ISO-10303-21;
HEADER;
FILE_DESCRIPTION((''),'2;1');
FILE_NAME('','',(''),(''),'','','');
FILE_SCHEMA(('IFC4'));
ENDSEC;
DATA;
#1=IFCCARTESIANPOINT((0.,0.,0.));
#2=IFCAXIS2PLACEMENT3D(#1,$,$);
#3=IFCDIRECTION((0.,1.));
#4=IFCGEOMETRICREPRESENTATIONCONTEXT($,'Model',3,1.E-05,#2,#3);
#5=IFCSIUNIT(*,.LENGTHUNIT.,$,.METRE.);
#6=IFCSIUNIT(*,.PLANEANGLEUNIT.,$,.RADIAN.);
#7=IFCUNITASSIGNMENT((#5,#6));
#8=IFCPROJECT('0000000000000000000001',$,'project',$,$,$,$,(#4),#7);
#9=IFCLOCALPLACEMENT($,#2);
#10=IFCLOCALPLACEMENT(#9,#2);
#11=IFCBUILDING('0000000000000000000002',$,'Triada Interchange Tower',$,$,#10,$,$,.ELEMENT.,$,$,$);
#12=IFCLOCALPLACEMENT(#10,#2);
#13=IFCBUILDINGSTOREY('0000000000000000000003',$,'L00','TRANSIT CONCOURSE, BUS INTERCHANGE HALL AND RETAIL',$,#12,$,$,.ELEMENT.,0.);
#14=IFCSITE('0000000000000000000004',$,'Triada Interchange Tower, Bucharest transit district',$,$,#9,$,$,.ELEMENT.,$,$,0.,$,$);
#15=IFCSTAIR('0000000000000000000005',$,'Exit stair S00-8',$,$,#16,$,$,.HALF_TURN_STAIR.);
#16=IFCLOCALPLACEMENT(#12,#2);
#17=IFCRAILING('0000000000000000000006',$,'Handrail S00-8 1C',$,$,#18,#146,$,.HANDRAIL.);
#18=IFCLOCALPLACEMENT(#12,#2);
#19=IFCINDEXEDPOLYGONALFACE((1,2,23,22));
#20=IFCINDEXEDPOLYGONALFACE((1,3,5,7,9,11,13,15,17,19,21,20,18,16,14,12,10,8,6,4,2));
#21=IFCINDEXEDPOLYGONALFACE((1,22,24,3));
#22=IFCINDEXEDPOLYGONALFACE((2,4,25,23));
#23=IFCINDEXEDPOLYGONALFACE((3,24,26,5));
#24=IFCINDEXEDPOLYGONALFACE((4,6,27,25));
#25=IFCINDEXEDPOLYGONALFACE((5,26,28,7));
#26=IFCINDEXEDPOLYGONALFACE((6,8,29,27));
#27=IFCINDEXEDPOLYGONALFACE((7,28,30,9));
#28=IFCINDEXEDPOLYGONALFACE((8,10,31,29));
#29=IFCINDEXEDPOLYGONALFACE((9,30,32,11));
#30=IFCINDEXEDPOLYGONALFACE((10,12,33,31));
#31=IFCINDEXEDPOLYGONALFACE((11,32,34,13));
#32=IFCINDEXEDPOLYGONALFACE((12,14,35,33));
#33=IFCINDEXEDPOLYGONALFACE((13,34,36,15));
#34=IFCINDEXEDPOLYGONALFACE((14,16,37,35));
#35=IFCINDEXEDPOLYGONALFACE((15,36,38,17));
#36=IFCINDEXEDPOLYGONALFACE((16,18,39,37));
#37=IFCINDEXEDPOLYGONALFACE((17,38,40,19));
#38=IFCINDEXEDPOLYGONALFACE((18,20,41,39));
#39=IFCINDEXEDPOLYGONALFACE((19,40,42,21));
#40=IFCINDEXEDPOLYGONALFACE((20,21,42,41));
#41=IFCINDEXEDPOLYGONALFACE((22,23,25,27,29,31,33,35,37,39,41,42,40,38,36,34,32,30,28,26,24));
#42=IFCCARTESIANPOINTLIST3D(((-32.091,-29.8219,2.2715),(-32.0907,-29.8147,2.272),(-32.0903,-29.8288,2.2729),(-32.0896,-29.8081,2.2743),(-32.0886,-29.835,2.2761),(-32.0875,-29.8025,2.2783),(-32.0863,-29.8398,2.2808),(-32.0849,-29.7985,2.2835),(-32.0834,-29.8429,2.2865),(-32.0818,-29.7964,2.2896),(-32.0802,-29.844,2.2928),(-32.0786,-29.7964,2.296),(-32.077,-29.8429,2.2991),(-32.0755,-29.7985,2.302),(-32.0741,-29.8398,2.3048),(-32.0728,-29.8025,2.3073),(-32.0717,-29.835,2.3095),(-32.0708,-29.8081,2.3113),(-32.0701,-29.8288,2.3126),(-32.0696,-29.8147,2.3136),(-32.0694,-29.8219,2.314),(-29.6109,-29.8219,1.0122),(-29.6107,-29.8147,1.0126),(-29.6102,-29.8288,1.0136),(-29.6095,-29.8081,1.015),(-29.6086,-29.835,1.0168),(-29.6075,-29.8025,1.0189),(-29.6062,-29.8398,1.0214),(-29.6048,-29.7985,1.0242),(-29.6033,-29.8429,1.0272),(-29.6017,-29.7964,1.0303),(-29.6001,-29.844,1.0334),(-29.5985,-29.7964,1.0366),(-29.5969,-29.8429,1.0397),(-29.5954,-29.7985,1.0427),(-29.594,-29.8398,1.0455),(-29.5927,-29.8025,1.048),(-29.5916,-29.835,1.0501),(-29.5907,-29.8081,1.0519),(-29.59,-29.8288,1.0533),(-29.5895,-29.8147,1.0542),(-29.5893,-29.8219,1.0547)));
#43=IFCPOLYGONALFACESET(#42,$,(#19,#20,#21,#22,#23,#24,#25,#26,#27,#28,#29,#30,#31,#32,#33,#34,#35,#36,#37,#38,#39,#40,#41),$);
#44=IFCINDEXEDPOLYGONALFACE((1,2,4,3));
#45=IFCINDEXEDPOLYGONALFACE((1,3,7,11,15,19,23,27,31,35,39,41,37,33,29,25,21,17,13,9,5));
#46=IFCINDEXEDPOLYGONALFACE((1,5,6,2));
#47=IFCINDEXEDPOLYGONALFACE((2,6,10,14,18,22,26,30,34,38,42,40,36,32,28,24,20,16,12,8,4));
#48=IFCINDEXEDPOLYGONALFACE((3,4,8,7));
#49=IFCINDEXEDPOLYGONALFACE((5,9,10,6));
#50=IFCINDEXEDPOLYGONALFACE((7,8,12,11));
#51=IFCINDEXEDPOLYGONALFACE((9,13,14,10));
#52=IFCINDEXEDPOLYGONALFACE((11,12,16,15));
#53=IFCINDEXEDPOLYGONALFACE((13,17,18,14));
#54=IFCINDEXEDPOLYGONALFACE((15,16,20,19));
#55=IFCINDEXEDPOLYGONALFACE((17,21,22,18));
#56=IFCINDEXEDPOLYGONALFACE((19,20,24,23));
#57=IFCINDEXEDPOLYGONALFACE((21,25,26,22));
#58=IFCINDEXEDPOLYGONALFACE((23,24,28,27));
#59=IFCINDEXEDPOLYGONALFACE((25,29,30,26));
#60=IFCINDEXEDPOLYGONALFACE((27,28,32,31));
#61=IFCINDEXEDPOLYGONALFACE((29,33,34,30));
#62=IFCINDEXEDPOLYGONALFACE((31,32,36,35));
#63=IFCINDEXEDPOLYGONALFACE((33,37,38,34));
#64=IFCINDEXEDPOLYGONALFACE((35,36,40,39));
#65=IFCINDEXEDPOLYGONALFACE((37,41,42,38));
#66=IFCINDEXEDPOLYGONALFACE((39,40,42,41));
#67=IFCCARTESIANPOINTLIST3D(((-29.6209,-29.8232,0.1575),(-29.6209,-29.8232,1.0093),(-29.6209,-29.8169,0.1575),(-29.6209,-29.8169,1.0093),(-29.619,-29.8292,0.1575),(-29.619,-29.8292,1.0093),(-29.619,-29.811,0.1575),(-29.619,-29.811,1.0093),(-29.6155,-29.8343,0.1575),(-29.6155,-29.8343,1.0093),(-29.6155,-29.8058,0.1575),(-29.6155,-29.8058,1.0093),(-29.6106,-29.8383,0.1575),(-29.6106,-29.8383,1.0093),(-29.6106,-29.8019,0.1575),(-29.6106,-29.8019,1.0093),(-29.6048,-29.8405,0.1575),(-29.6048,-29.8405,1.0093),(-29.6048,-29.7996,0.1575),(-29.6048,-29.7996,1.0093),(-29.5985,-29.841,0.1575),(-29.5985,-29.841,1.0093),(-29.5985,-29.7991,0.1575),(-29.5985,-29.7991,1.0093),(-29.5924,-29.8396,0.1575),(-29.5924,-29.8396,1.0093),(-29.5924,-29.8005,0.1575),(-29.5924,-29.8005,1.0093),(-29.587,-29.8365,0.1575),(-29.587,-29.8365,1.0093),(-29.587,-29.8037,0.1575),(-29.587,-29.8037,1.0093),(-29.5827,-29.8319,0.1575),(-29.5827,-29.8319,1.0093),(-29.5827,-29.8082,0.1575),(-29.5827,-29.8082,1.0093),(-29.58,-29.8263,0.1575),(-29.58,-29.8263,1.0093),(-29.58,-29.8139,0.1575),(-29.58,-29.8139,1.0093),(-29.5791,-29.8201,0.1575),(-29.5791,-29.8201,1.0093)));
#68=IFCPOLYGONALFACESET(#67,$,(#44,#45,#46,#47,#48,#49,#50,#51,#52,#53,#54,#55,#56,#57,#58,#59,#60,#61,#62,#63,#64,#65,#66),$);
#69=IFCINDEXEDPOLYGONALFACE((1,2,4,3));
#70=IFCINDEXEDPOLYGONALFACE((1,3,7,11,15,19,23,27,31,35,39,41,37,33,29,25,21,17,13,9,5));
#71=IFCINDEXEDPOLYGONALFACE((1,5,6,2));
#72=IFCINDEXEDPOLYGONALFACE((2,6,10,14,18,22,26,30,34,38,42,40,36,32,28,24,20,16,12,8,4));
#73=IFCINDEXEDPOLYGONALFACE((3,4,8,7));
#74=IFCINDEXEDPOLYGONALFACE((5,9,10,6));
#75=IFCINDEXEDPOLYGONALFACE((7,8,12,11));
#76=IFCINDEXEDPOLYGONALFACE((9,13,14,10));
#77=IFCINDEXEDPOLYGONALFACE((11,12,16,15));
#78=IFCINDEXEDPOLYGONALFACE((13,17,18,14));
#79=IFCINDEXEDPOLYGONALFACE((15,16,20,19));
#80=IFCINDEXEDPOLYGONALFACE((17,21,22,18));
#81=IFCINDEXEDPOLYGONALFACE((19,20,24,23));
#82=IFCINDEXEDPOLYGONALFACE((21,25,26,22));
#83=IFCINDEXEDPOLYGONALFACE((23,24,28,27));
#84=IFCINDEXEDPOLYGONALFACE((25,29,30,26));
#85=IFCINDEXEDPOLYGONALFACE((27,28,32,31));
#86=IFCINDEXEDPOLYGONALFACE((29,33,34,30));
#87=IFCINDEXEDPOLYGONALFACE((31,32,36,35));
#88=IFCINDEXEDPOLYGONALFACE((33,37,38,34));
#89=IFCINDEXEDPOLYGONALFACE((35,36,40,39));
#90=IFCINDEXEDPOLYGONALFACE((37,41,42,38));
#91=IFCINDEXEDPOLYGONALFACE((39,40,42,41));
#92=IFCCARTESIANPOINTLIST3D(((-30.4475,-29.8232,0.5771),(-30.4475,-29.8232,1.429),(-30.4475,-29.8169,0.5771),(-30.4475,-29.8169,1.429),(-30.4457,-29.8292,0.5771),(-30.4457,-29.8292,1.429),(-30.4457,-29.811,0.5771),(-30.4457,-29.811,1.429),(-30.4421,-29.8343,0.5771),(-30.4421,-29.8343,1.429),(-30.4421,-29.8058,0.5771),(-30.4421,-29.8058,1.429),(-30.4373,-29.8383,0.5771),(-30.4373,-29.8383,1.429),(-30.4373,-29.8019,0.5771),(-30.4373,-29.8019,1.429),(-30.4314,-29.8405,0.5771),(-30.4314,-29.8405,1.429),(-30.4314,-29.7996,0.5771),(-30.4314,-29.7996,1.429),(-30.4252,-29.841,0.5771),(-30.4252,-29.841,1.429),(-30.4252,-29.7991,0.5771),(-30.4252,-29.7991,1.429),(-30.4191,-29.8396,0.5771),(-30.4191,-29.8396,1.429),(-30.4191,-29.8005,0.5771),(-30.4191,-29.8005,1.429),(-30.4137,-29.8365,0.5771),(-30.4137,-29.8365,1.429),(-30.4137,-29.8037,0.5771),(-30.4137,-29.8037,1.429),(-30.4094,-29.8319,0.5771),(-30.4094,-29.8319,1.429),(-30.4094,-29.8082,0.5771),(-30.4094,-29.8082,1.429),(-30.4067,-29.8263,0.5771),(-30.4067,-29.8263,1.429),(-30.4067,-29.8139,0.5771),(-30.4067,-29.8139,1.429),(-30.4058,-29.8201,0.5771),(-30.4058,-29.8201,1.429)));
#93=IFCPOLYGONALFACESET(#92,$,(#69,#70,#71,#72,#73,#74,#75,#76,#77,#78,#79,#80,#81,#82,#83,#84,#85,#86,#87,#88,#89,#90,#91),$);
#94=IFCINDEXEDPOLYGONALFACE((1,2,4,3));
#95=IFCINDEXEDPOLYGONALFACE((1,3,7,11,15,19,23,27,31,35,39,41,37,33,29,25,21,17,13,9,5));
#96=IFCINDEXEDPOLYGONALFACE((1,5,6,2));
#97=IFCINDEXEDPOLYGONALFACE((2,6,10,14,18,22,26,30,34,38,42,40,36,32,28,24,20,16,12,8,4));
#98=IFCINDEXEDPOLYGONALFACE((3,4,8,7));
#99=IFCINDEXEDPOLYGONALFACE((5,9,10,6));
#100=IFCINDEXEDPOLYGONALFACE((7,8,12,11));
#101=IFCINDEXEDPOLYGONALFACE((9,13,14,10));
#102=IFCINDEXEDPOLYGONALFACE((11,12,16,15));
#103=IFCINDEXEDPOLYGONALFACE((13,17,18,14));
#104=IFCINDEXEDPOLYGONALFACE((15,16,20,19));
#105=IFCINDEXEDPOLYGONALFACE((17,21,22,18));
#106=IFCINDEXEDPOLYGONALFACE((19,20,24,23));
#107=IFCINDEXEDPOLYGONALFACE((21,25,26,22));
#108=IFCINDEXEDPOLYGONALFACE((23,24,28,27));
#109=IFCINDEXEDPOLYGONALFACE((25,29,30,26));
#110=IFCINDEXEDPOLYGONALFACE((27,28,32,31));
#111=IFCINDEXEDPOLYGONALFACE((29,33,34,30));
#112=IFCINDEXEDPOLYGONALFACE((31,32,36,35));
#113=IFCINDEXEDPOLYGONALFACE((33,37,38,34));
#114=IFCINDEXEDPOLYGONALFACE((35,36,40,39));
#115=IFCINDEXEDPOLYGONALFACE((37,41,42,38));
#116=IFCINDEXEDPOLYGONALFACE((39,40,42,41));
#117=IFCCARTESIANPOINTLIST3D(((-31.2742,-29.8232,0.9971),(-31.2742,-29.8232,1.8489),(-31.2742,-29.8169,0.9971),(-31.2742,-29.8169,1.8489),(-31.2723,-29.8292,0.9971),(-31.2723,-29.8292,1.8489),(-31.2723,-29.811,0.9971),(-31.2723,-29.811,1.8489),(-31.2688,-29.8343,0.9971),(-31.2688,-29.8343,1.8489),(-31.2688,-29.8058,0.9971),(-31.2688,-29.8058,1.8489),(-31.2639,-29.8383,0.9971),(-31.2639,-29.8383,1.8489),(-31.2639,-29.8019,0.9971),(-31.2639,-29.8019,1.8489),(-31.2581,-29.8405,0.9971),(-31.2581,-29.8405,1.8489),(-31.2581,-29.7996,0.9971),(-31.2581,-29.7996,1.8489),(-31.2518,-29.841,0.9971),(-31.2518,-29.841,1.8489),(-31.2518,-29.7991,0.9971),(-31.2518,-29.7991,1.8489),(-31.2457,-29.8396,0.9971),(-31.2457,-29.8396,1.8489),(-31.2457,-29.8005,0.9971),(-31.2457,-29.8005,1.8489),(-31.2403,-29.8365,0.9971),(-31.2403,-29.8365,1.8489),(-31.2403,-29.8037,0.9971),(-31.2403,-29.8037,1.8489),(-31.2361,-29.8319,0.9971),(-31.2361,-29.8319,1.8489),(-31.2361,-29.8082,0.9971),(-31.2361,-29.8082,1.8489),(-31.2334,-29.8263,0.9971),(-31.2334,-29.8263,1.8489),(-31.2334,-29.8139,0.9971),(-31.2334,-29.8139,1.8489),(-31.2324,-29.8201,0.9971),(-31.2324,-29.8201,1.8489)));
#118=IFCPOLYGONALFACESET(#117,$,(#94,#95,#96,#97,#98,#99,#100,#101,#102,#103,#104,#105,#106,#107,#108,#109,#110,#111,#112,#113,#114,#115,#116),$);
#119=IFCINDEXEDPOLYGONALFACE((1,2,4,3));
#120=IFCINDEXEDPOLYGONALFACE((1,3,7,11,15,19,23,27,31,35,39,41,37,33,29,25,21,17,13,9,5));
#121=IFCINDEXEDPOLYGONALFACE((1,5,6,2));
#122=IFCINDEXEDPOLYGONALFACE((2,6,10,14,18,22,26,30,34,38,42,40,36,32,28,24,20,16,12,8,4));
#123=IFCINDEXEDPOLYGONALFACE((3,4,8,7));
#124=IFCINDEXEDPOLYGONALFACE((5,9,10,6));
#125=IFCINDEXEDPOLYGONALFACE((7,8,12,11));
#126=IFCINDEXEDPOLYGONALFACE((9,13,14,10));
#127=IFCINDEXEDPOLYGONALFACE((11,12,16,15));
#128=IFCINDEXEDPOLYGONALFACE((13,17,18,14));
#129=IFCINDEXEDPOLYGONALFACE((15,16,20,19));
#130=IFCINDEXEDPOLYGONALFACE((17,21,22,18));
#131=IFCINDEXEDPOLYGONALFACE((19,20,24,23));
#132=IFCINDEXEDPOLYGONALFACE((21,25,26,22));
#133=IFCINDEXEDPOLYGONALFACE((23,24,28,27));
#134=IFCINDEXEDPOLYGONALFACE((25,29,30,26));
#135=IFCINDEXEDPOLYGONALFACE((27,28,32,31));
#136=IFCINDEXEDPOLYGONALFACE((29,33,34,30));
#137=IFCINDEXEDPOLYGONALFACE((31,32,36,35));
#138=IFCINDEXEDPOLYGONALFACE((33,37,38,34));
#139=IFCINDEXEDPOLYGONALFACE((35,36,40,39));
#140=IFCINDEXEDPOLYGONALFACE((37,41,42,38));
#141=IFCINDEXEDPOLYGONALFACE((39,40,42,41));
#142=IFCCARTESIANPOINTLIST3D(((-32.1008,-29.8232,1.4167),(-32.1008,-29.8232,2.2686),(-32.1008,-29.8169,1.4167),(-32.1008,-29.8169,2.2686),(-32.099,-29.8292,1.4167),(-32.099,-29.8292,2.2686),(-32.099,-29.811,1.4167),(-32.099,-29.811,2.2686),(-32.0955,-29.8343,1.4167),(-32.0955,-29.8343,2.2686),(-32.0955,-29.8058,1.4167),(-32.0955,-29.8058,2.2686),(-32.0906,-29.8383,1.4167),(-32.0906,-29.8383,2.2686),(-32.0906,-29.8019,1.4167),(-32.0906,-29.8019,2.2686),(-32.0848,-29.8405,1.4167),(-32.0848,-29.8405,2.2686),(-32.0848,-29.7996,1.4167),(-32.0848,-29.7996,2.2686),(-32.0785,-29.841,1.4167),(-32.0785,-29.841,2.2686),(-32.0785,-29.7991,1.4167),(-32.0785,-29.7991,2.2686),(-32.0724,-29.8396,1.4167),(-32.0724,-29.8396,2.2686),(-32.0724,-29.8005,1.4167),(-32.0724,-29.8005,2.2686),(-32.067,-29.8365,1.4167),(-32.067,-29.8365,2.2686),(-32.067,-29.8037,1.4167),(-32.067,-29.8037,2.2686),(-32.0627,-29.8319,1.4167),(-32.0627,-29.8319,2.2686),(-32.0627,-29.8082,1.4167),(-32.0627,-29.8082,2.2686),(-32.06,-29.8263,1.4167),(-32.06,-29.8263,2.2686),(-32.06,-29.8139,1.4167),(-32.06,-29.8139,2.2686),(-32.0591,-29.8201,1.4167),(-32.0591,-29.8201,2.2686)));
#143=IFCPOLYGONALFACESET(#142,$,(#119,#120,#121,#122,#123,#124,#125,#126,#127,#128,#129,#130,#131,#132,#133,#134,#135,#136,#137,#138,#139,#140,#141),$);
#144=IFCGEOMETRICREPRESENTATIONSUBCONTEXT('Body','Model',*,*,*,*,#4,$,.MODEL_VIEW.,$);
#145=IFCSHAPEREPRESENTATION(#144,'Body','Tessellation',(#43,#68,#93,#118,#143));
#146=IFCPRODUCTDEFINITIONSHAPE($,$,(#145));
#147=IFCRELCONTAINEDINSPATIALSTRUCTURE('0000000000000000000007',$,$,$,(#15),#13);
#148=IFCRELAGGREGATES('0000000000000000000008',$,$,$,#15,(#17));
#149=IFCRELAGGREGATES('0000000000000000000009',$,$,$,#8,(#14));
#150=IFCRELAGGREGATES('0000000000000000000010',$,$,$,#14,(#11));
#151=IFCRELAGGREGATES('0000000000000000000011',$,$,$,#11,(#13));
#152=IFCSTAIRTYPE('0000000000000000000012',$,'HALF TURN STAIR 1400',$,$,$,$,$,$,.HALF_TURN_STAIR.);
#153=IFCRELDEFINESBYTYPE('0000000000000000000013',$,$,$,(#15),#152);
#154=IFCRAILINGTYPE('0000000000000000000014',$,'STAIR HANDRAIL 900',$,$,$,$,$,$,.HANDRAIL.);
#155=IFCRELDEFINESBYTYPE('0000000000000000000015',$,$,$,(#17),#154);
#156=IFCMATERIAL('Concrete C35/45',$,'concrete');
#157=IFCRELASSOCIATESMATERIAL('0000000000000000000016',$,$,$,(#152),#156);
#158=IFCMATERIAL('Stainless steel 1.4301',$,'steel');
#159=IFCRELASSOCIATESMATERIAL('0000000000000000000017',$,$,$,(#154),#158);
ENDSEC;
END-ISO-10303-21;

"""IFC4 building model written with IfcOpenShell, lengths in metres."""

from ifc_helpers import new_model, si_unit, direction, frame, origin, origin_2d, place, context, subcontext, project, spatial, circle, extrude, material, type_object, element, aggregate, save


model = new_model("IFC4")

# Units and contexts
model_context = context("Model", 3, precision=1e-05, world=origin(), true_north=direction((0.0, 1.0)))
body_context = subcontext(model_context, "Body", "Model", "MODEL_VIEW")
ifc_project = project(units=[si_unit("LENGTHUNIT", "METRE"), si_unit("PLANEANGLEUNIT", "RADIAN")], contexts=[model_context])

# Site, building, storey
site_placement = place(None, origin())
site = spatial("IfcSite", under=ifc_project, at=site_placement, Name="Triada Interchange Tower, Bucharest transit district", CompositionType="ELEMENT", RefElevation=0.0)
building_placement = place(site_placement, origin())
building = spatial("IfcBuilding", under=site, at=building_placement, Name="Triada Interchange Tower", CompositionType="ELEMENT")
storey_placement = place(building_placement, origin())
storey = spatial("IfcBuildingStorey", under=building, at=storey_placement, Name="L00", Description="TRANSIT CONCOURSE, BUS INTERCHANGE HALL AND RETAIL", CompositionType="ELEMENT", Elevation=0.0)

# Stair, railing
ifc_material_1 = material(Name="Concrete C35/45", Category="concrete")
stair_type = type_object("IfcStairType", Name="HALF TURN STAIR 1400", PredefinedType="HALF_TURN_STAIR", material=ifc_material_1)
stair_placement = place(storey_placement, origin())
stair = element("IfcStair", 1, at=stair_placement, inside=storey, type_object=stair_type, Name="Exit stair S00-8", PredefinedType="HALF_TURN_STAIR")
ifc_material_2 = material(Name="Stainless steel 1.4301", Category="steel")
railing_type = type_object("IfcRailingType", Name="STAIR HANDRAIL 900", PredefinedType="HANDRAIL", material=ifc_material_2)
railing_1_placement = place(storey_placement, frame((-29.6001, -29.8201, 0.1575)))
railing_1 = element("IfcRailing", 2, at=railing_1_placement, type_object=railing_type, Name="Handrail S00-8 1C", PredefinedType="HANDRAIL", context=body_context, shape_type="SweptSolid", body=[
    extrude(circle(Radius=0.0239, at=origin_2d()), frame((0.0, 0.0, 0.876), z_axis=(-0.891636, 0.0, 0.452752), x_axis=(0.0, -1.0, 0.0)), (0.0, 0.0, 1.0), 2.7815),
    extrude(circle(Radius=0.021, at=origin_2d()), origin(), (0.0, 0.0, 1.0), 0.8518),
    extrude(circle(Radius=0.021, at=origin_2d()), frame((-0.8267, 0.0, 0.4197)), (0.0, 0.0, 1.0), 0.8518),
    extrude(circle(Radius=0.021, at=origin_2d()), frame((-1.6533, 0.0, 0.8396)), (0.0, 0.0, 1.0), 0.8518),
    extrude(circle(Radius=0.021, at=origin_2d()), frame((-2.48, 0.0, 1.2593)), (0.0, 0.0, 1.0), 0.8518),
])
aggregate(stair, [railing_1])

save(model, "model.ifc")
